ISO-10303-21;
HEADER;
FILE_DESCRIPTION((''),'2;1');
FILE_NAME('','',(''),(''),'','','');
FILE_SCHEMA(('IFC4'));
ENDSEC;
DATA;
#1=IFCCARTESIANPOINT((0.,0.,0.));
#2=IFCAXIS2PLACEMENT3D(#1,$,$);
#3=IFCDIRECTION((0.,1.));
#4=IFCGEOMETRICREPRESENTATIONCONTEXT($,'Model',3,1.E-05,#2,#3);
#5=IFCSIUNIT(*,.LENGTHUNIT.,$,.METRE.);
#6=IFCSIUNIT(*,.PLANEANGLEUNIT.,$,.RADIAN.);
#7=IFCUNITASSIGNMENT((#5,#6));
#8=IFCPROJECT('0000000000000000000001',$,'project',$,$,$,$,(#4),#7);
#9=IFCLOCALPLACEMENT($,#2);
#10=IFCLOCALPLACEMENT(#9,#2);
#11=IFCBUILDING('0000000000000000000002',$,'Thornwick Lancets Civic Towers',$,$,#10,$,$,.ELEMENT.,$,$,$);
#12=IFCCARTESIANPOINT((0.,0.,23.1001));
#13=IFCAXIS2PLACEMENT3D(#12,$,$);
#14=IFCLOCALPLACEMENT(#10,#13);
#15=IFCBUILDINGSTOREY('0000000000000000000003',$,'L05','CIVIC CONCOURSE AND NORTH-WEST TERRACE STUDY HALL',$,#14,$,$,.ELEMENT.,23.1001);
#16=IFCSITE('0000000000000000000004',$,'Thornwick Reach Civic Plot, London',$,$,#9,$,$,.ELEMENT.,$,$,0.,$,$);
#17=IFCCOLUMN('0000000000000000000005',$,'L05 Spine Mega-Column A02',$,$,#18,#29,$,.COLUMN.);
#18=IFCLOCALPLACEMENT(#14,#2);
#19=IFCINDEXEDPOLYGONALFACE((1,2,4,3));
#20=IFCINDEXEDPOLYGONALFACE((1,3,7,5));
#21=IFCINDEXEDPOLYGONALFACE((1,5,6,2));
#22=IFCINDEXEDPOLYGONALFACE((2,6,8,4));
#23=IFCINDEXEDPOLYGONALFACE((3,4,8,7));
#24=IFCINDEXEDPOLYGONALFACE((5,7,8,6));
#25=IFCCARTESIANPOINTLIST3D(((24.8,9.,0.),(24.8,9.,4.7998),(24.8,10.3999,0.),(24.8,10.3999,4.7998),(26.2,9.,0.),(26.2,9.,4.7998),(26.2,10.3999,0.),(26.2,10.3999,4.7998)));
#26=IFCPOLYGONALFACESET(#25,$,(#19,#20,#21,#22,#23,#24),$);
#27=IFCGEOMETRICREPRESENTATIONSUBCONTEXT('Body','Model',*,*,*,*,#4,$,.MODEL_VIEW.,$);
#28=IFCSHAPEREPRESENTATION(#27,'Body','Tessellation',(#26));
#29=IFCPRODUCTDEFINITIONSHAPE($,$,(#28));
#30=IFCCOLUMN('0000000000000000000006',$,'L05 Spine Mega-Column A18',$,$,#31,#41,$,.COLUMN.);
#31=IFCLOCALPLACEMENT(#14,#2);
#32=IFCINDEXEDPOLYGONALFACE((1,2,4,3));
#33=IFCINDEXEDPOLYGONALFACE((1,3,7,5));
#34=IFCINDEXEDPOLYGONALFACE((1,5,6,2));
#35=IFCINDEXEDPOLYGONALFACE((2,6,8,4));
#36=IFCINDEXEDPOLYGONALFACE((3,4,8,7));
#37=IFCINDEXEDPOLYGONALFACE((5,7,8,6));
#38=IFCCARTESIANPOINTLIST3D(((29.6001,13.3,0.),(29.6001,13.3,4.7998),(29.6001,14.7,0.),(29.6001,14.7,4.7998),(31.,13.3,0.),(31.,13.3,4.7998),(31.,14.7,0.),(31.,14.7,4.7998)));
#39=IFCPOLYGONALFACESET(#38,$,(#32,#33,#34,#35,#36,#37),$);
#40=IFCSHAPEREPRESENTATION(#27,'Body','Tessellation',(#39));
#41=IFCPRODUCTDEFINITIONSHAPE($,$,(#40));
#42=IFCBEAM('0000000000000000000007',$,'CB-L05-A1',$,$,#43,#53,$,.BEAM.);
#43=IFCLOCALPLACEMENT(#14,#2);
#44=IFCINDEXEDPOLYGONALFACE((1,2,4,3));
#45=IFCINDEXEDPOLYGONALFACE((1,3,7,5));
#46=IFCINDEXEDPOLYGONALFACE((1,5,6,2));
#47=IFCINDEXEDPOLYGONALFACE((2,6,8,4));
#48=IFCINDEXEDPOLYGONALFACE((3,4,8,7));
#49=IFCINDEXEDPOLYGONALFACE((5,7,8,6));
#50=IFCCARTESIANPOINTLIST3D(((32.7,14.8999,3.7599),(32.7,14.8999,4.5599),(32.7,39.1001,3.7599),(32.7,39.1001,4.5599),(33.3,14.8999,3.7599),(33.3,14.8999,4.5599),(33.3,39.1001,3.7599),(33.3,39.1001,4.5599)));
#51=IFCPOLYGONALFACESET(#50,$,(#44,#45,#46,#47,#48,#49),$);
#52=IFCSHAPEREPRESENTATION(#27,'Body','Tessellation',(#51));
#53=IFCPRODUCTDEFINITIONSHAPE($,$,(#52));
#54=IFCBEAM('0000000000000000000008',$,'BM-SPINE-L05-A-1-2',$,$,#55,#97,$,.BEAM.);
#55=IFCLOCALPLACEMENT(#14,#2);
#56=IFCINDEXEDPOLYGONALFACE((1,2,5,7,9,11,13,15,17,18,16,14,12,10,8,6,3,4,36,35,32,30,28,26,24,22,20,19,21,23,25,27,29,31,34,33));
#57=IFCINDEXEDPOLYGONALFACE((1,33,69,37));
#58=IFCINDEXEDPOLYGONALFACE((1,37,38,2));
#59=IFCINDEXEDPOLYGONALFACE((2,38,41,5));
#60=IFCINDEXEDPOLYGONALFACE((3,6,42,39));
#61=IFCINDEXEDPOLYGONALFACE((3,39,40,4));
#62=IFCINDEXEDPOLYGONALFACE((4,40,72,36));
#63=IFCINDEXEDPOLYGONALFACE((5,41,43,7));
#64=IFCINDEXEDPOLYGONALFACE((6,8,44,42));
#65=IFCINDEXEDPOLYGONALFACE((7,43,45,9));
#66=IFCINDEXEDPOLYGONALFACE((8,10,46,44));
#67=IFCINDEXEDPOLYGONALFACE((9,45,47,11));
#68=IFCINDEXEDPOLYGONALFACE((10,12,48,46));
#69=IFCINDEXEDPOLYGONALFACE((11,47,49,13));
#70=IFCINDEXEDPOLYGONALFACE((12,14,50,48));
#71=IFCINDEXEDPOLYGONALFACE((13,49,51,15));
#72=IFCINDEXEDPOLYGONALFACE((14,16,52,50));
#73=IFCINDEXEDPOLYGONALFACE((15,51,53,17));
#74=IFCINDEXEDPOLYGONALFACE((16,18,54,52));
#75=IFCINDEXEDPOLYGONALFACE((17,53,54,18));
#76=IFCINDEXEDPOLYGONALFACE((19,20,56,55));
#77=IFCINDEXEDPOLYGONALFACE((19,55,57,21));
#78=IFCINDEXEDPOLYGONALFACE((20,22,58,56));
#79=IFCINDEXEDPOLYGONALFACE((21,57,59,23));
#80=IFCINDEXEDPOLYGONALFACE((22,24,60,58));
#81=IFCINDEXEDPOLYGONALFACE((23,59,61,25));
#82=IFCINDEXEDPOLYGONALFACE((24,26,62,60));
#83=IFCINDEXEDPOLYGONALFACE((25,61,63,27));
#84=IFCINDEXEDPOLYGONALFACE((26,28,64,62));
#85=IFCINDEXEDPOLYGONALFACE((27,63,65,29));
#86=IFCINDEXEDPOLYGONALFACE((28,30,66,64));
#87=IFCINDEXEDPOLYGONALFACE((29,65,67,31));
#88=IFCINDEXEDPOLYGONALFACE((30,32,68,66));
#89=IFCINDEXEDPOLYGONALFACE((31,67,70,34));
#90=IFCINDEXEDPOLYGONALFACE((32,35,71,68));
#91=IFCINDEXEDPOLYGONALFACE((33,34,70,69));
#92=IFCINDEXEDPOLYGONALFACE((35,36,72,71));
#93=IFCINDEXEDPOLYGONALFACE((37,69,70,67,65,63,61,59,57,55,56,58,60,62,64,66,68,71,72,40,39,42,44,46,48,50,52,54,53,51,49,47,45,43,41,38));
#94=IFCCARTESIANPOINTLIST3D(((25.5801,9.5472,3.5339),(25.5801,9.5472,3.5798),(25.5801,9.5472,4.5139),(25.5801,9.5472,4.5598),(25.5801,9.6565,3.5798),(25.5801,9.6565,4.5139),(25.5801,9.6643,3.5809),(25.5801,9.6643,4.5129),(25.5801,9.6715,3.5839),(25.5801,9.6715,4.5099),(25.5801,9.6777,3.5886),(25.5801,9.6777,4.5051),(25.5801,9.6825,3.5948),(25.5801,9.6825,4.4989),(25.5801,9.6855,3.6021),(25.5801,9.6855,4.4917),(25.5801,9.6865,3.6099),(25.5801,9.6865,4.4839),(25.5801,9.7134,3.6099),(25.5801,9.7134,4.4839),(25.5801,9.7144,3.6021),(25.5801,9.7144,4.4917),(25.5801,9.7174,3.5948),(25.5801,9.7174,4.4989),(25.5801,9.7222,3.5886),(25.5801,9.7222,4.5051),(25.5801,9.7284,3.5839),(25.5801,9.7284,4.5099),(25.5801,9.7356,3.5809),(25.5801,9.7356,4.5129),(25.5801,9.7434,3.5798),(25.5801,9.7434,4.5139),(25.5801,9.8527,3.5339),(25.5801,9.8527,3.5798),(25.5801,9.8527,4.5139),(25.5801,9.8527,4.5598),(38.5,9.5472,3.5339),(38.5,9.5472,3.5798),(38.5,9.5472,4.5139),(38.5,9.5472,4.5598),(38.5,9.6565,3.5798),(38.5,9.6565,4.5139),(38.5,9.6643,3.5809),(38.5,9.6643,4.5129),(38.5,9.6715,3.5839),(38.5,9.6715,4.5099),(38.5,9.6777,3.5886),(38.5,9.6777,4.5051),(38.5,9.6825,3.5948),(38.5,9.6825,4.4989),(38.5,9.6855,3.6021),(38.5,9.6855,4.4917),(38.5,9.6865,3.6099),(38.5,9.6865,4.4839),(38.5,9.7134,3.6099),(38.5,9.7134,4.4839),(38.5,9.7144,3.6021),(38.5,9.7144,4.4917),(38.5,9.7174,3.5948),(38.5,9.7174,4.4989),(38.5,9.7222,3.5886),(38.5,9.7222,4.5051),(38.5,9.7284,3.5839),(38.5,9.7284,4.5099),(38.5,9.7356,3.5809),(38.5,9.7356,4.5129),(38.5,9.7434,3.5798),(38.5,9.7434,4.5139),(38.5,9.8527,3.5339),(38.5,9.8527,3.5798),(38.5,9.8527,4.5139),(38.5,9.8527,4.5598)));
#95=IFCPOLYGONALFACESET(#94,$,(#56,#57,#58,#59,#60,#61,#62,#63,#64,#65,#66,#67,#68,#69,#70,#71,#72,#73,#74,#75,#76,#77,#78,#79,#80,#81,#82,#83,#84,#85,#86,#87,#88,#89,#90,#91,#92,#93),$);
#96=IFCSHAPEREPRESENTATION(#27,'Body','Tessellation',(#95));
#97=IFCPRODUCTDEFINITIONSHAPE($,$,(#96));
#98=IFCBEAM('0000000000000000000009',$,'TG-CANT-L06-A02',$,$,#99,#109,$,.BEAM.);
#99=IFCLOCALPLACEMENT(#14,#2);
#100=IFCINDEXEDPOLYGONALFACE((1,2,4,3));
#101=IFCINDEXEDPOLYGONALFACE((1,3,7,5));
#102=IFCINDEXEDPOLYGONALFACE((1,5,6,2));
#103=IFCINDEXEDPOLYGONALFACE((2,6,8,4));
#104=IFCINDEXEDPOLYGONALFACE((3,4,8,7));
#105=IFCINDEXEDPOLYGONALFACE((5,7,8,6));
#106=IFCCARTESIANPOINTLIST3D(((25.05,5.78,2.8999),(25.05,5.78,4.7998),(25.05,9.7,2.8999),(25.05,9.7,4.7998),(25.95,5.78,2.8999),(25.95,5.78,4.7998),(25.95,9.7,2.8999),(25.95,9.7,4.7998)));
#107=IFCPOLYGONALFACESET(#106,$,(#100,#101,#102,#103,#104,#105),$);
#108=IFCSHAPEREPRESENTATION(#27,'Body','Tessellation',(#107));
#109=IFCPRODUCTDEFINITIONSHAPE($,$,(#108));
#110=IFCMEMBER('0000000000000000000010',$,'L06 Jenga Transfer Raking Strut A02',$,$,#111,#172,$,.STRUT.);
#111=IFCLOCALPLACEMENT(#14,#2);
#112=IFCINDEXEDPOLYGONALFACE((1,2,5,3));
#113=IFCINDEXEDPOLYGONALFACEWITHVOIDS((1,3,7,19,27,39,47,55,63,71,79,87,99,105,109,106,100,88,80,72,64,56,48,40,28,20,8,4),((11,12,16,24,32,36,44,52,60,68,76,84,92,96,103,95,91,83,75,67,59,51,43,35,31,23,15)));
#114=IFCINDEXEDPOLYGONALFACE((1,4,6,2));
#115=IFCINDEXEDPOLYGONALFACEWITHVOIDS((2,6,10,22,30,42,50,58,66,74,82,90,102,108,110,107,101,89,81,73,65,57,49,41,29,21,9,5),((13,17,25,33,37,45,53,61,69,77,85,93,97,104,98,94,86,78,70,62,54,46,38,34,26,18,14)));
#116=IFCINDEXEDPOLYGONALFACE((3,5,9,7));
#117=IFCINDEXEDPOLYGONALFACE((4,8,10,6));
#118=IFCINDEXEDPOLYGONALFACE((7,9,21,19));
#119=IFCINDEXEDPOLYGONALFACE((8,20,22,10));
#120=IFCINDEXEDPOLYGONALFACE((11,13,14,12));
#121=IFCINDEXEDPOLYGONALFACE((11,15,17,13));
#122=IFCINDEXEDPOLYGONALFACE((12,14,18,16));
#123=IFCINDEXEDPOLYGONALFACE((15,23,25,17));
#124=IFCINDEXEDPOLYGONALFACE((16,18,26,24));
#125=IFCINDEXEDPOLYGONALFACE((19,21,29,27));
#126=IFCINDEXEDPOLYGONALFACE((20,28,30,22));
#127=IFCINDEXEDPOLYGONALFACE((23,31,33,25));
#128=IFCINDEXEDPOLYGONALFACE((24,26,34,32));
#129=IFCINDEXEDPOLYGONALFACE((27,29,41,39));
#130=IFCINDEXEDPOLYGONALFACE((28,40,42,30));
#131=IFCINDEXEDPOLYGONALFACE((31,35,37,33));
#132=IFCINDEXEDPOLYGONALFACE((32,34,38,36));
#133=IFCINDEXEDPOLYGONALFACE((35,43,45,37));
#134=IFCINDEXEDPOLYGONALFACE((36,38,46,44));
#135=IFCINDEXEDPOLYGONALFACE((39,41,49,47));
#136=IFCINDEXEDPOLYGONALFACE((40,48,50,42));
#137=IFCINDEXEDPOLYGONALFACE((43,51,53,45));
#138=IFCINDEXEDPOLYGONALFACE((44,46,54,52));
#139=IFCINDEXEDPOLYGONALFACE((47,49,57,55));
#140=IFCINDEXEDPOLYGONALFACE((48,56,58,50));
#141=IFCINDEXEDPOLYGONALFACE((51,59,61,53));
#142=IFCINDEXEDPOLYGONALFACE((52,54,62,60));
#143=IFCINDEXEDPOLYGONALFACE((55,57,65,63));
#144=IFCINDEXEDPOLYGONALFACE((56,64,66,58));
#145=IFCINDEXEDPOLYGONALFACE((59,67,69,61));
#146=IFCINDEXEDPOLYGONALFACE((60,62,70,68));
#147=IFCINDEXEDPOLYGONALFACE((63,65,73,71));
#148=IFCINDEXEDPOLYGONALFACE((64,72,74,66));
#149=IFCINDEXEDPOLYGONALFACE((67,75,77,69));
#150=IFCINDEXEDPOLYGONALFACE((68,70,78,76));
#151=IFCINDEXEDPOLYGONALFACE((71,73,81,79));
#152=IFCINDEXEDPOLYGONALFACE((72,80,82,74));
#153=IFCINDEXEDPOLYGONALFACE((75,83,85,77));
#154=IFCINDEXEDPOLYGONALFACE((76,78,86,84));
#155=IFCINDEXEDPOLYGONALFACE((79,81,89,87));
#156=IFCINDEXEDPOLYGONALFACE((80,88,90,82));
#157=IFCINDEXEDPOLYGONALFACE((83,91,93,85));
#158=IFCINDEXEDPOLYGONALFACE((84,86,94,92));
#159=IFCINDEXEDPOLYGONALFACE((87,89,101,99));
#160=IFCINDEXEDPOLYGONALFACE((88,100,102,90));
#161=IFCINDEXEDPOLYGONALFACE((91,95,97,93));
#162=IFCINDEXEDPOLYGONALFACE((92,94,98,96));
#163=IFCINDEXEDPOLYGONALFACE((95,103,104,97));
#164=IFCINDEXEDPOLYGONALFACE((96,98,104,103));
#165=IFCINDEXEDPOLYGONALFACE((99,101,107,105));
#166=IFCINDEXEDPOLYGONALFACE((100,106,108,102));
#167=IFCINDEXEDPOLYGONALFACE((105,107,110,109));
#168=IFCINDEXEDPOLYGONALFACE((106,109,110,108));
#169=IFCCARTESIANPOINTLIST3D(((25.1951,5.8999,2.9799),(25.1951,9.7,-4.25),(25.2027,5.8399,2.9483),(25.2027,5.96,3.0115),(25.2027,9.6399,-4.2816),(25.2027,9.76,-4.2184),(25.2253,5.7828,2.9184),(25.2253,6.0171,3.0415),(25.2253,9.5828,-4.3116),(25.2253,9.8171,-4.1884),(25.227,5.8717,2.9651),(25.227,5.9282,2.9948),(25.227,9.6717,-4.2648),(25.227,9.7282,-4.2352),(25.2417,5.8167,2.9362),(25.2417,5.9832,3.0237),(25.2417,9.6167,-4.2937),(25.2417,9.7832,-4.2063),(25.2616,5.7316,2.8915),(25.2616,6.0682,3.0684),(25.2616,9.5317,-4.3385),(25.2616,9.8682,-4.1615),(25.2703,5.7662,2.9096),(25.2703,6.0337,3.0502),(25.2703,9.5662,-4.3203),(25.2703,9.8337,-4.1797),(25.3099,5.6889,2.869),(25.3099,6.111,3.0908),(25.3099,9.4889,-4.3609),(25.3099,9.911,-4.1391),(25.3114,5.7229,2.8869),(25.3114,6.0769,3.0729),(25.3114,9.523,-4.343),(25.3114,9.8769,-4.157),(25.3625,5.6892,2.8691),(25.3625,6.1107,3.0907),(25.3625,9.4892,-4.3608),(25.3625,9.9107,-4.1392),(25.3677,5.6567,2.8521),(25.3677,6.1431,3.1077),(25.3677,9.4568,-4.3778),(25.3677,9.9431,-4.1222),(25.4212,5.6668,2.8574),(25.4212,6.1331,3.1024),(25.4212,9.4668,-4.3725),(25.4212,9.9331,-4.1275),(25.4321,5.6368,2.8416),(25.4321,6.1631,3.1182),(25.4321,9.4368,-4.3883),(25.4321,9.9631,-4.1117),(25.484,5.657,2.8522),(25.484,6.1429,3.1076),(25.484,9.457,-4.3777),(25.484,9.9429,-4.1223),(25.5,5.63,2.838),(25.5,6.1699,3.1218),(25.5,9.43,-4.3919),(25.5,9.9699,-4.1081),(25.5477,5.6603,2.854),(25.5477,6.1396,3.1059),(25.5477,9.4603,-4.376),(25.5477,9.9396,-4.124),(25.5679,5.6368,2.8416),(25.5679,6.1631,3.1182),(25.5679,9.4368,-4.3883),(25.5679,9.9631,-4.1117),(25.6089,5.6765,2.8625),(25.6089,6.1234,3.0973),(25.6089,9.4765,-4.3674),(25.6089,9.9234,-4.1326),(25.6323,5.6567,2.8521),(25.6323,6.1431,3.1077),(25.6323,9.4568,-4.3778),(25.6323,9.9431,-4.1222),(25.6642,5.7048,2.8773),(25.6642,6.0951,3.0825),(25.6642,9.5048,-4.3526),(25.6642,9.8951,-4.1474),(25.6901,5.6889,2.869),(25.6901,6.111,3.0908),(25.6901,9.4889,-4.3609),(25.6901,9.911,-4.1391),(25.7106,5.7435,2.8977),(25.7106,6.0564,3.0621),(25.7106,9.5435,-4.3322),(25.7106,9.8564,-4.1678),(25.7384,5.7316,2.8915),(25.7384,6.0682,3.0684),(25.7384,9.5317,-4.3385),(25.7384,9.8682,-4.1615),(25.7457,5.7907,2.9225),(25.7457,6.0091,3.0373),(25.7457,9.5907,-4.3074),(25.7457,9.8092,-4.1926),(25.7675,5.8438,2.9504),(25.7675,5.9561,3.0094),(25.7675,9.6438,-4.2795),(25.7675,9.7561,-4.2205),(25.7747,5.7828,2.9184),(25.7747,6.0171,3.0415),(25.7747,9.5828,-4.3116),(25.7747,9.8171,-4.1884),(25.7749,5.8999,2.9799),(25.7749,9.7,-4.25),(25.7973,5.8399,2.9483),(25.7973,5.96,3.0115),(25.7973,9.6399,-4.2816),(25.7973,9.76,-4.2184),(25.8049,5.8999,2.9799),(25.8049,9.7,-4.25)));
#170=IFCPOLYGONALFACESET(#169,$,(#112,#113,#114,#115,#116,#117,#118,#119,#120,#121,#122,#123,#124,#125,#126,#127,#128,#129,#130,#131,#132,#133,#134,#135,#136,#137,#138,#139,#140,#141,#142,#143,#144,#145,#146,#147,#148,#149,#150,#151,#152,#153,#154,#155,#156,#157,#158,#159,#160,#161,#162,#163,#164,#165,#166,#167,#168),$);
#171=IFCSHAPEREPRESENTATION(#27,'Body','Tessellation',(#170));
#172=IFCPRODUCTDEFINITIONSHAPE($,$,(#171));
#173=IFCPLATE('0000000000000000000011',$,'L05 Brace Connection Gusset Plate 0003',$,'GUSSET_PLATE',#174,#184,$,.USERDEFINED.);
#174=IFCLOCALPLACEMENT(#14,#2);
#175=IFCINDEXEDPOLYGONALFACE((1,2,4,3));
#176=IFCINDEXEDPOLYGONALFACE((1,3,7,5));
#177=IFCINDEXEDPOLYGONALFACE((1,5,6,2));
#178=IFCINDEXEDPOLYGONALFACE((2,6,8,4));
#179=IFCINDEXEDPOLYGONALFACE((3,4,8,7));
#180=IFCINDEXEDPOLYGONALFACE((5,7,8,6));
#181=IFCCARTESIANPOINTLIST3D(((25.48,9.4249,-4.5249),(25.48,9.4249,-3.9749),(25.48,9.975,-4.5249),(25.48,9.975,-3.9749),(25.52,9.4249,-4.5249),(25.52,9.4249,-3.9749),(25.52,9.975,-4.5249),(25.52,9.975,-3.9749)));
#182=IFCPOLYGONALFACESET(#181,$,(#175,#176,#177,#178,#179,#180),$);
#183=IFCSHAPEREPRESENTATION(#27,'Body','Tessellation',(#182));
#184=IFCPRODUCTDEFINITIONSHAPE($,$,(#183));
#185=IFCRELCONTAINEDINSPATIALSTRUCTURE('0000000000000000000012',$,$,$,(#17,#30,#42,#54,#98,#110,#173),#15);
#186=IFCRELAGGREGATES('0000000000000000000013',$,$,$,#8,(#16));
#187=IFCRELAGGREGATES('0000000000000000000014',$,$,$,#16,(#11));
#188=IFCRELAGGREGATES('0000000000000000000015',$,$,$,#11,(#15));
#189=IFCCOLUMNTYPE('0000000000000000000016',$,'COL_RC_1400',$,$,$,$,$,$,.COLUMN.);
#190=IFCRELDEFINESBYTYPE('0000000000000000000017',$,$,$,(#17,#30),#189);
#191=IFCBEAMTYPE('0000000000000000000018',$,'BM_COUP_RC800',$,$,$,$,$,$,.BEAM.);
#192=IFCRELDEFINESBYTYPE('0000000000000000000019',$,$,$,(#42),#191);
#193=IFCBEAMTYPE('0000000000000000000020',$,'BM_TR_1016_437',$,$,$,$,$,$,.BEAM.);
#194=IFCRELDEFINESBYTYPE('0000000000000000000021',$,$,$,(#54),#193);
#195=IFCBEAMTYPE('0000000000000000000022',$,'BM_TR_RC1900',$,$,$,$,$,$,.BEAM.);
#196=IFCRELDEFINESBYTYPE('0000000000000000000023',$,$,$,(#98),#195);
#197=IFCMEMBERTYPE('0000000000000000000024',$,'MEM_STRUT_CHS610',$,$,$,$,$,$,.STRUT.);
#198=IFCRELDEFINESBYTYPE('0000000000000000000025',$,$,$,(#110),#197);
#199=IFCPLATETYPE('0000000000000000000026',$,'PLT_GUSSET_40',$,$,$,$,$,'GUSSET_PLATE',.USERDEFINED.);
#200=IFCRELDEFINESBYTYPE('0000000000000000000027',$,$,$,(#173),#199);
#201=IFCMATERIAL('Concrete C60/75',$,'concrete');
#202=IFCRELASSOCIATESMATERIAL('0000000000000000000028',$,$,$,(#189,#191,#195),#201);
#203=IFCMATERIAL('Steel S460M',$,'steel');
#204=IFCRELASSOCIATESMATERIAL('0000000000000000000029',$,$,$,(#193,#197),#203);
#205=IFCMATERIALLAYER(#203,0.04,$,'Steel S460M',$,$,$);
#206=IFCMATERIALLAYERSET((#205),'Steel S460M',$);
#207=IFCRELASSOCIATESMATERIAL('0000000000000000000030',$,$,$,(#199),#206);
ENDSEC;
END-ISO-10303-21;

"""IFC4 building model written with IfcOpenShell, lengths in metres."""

from ifc_helpers import new_model, si_unit, direction, frame, origin, origin_2d, place, context, subcontext, project, spatial, rectangle, hollow_circle, i_section, extrude, material, layer, layer_set, material_profile, profile_set, type_object, element, save


model = new_model("IFC4")

# Units and contexts
model_context = context("Model", 3, precision=1e-05, world=origin(), true_north=direction((0.0, 1.0)))
body_context = subcontext(model_context, "Body", "Model", "MODEL_VIEW")
ifc_project = project(units=[si_unit("LENGTHUNIT", "METRE"), si_unit("PLANEANGLEUNIT", "RADIAN")], contexts=[model_context])

# Site, building, storey
site_placement = place(None, origin())
site = spatial("IfcSite", under=ifc_project, at=site_placement, Name="Thornwick Reach Civic Plot, London", CompositionType="ELEMENT", RefElevation=0.0)
building_placement = place(site_placement, origin())
building = spatial("IfcBuilding", under=site, at=building_placement, Name="Thornwick Lancets Civic Towers", CompositionType="ELEMENT")
storey_placement = place(building_placement, frame((0.0, 0.0, 23.1001)))
storey = spatial("IfcBuildingStorey", under=building, at=storey_placement, Name="L05", Description="CIVIC CONCOURSE AND NORTH-WEST TERRACE STUDY HALL", CompositionType="ELEMENT", Elevation=23.1001)

# Columns
ifc_material_1 = material(Name="Concrete C60/75", Category="concrete")
ifc_material_profile_1 = material_profile(ifc_material_1, rectangle(XDim=1.3999, YDim=1.3999, at=origin_2d()), Name="RC 1400x1400")
ifc_profile_set_1 = profile_set([ifc_material_profile_1], Name="Concrete C60/75")
column_type = type_object("IfcColumnType", Name="COL_RC_1400", PredefinedType="COLUMN", material=ifc_profile_set_1)
for number, where, z_axis, x_axis, name in (
    (1, (25.5, 9.7, 0.0), (0.0, 0.0, 1.0), (1.0, 0.0, 0.0), "L05 Spine Mega-Column A02"),
    (2, (30.3, 14.0, 0.0), (0.0, 0.0, 1.0), (1.0, 0.0, 0.0), "L05 Spine Mega-Column A18"),
):
    element("IfcColumn", number, at=place(storey_placement, frame(where, z_axis=z_axis, x_axis=x_axis)), inside=storey, type_object=column_type, Name=name, PredefinedType="COLUMN", context=body_context, shape_type="SweptSolid", body=[
        extrude(rectangle(XDim=1.3999, YDim=1.3999, at=origin_2d()), origin(), (0.0, 0.0, 1.0), 4.7998),
    ])

# Beams
ifc_material_profile_2 = material_profile(ifc_material_1, rectangle(XDim=0.6001, YDim=0.8, at=origin_2d()), Name="RC 600x800")
ifc_profile_set_2 = profile_set([ifc_material_profile_2], Name="Concrete C60/75")
beam_type_1 = type_object("IfcBeamType", Name="BM_COUP_RC800", PredefinedType="BEAM", material=ifc_profile_set_2)
beam_1_placement = place(storey_placement, frame((33.0, 14.8999, 4.1599), z_axis=(0.0, 1.0, 0.0), x_axis=(-1.0, 0.0, 0.0)))
element("IfcBeam", 3, at=beam_1_placement, inside=storey, type_object=beam_type_1, Name="CB-L05-A1", PredefinedType="BEAM", context=body_context, shape_type="SweptSolid", body=[
    extrude(rectangle(XDim=0.6001, YDim=0.8, at=origin_2d()), origin(), (0.0, 0.0, 1.0), 24.2002),
])
ifc_material_2 = material(Name="Steel S460M", Category="steel")
ifc_material_profile_3 = material_profile(ifc_material_2, i_section(OverallWidth=0.3054, OverallDepth=1.0259, WebThickness=0.0269, FlangeThickness=0.0459, FilletRadius=0.03, at=origin_2d()), Name="UKB 1016x305x437")
ifc_profile_set_3 = profile_set([ifc_material_profile_3], Name="Steel S460M")
beam_type_2 = type_object("IfcBeamType", Name="BM_TR_1016_437", PredefinedType="BEAM", material=ifc_profile_set_3)
beam_2_placement = place(storey_placement, frame((25.5801, 9.7, 4.0469), z_axis=(1.0, 0.0, 0.0), x_axis=(0.0, 1.0, 0.0)))
element("IfcBeam", 4, at=beam_2_placement, inside=storey, type_object=beam_type_2, Name="BM-SPINE-L05-A-1-2", PredefinedType="BEAM", context=body_context, shape_type="SweptSolid", body=[
    extrude(i_section(OverallWidth=0.3054, OverallDepth=1.0259, WebThickness=0.0269, FlangeThickness=0.0459, FilletRadius=0.03, at=origin_2d()), origin(), (0.0, 0.0, 1.0), 12.9199),
])
ifc_material_profile_4 = material_profile(ifc_material_1, rectangle(XDim=0.8999, YDim=1.8999, at=origin_2d()), Name="RC 900x1900")
ifc_profile_set_4 = profile_set([ifc_material_profile_4], Name="Concrete C60/75")
beam_type_3 = type_object("IfcBeamType", Name="BM_TR_RC1900", PredefinedType="BEAM", material=ifc_profile_set_4)
beam_3_placement = place(storey_placement, frame((25.5, 9.7, 3.8499), z_axis=(0.0, -1.0, 0.0), x_axis=(1.0, 0.0, 0.0)))
element("IfcBeam", 5, at=beam_3_placement, inside=storey, type_object=beam_type_3, Name="TG-CANT-L06-A02", PredefinedType="BEAM", context=body_context, shape_type="SweptSolid", body=[
    extrude(rectangle(XDim=0.8999, YDim=1.8999, at=origin_2d()), origin(), (0.0, 0.0, 1.0), 3.9199),
])

# Member
ifc_material_profile_5 = material_profile(ifc_material_2, hollow_circle(Radius=0.3049, WallThickness=0.03, at=origin_2d()), Name="CHS 610x30")
ifc_profile_set_5 = profile_set([ifc_material_profile_5], Name="Steel S460M")
member_type = type_object("IfcMemberType", Name="MEM_STRUT_CHS610", PredefinedType="STRUT", material=ifc_profile_set_5)
member_placement = place(storey_placement, frame((25.5, 9.7, -4.25), z_axis=(0.0, -0.465247, 0.885181), x_axis=(1.0, 0.0, 0.0)))
element("IfcMember", 6, at=member_placement, inside=storey, type_object=member_type, Name="L06 Jenga Transfer Raking Strut A02", PredefinedType="STRUT", context=body_context, shape_type="SweptSolid", body=[
    extrude(hollow_circle(Radius=0.3049, WallThickness=0.03, at=origin_2d()), origin(), (0.0, 0.0, 1.0), 8.1677),
])

# Plate
ifc_layer_1 = layer(ifc_material_2, 0.04, Name="Steel S460M")
ifc_layer_set_1 = layer_set([ifc_layer_1], Name="Steel S460M")
plate_type = type_object("IfcPlateType", Name="PLT_GUSSET_40", ElementType="GUSSET_PLATE", PredefinedType="USERDEFINED", material=ifc_layer_set_1)
for number, where, z_axis, x_axis, name in (
    (7, (25.5, 9.7, -4.5249), (0.0, 0.0, 1.0), (0.0, -1.0, 0.0), "L05 Brace Connection Gusset Plate 0003"),
):
    element("IfcPlate", number, at=place(storey_placement, frame(where, z_axis=z_axis, x_axis=x_axis)), inside=storey, type_object=plate_type, Name=name, ObjectType="GUSSET_PLATE", PredefinedType="USERDEFINED", context=body_context, shape_type="SweptSolid", body=[
        extrude(rectangle(XDim=0.55, YDim=0.04, at=origin_2d()), origin(), (0.0, 0.0, 1.0), 0.55),
    ])

save(model, "model.ifc")
